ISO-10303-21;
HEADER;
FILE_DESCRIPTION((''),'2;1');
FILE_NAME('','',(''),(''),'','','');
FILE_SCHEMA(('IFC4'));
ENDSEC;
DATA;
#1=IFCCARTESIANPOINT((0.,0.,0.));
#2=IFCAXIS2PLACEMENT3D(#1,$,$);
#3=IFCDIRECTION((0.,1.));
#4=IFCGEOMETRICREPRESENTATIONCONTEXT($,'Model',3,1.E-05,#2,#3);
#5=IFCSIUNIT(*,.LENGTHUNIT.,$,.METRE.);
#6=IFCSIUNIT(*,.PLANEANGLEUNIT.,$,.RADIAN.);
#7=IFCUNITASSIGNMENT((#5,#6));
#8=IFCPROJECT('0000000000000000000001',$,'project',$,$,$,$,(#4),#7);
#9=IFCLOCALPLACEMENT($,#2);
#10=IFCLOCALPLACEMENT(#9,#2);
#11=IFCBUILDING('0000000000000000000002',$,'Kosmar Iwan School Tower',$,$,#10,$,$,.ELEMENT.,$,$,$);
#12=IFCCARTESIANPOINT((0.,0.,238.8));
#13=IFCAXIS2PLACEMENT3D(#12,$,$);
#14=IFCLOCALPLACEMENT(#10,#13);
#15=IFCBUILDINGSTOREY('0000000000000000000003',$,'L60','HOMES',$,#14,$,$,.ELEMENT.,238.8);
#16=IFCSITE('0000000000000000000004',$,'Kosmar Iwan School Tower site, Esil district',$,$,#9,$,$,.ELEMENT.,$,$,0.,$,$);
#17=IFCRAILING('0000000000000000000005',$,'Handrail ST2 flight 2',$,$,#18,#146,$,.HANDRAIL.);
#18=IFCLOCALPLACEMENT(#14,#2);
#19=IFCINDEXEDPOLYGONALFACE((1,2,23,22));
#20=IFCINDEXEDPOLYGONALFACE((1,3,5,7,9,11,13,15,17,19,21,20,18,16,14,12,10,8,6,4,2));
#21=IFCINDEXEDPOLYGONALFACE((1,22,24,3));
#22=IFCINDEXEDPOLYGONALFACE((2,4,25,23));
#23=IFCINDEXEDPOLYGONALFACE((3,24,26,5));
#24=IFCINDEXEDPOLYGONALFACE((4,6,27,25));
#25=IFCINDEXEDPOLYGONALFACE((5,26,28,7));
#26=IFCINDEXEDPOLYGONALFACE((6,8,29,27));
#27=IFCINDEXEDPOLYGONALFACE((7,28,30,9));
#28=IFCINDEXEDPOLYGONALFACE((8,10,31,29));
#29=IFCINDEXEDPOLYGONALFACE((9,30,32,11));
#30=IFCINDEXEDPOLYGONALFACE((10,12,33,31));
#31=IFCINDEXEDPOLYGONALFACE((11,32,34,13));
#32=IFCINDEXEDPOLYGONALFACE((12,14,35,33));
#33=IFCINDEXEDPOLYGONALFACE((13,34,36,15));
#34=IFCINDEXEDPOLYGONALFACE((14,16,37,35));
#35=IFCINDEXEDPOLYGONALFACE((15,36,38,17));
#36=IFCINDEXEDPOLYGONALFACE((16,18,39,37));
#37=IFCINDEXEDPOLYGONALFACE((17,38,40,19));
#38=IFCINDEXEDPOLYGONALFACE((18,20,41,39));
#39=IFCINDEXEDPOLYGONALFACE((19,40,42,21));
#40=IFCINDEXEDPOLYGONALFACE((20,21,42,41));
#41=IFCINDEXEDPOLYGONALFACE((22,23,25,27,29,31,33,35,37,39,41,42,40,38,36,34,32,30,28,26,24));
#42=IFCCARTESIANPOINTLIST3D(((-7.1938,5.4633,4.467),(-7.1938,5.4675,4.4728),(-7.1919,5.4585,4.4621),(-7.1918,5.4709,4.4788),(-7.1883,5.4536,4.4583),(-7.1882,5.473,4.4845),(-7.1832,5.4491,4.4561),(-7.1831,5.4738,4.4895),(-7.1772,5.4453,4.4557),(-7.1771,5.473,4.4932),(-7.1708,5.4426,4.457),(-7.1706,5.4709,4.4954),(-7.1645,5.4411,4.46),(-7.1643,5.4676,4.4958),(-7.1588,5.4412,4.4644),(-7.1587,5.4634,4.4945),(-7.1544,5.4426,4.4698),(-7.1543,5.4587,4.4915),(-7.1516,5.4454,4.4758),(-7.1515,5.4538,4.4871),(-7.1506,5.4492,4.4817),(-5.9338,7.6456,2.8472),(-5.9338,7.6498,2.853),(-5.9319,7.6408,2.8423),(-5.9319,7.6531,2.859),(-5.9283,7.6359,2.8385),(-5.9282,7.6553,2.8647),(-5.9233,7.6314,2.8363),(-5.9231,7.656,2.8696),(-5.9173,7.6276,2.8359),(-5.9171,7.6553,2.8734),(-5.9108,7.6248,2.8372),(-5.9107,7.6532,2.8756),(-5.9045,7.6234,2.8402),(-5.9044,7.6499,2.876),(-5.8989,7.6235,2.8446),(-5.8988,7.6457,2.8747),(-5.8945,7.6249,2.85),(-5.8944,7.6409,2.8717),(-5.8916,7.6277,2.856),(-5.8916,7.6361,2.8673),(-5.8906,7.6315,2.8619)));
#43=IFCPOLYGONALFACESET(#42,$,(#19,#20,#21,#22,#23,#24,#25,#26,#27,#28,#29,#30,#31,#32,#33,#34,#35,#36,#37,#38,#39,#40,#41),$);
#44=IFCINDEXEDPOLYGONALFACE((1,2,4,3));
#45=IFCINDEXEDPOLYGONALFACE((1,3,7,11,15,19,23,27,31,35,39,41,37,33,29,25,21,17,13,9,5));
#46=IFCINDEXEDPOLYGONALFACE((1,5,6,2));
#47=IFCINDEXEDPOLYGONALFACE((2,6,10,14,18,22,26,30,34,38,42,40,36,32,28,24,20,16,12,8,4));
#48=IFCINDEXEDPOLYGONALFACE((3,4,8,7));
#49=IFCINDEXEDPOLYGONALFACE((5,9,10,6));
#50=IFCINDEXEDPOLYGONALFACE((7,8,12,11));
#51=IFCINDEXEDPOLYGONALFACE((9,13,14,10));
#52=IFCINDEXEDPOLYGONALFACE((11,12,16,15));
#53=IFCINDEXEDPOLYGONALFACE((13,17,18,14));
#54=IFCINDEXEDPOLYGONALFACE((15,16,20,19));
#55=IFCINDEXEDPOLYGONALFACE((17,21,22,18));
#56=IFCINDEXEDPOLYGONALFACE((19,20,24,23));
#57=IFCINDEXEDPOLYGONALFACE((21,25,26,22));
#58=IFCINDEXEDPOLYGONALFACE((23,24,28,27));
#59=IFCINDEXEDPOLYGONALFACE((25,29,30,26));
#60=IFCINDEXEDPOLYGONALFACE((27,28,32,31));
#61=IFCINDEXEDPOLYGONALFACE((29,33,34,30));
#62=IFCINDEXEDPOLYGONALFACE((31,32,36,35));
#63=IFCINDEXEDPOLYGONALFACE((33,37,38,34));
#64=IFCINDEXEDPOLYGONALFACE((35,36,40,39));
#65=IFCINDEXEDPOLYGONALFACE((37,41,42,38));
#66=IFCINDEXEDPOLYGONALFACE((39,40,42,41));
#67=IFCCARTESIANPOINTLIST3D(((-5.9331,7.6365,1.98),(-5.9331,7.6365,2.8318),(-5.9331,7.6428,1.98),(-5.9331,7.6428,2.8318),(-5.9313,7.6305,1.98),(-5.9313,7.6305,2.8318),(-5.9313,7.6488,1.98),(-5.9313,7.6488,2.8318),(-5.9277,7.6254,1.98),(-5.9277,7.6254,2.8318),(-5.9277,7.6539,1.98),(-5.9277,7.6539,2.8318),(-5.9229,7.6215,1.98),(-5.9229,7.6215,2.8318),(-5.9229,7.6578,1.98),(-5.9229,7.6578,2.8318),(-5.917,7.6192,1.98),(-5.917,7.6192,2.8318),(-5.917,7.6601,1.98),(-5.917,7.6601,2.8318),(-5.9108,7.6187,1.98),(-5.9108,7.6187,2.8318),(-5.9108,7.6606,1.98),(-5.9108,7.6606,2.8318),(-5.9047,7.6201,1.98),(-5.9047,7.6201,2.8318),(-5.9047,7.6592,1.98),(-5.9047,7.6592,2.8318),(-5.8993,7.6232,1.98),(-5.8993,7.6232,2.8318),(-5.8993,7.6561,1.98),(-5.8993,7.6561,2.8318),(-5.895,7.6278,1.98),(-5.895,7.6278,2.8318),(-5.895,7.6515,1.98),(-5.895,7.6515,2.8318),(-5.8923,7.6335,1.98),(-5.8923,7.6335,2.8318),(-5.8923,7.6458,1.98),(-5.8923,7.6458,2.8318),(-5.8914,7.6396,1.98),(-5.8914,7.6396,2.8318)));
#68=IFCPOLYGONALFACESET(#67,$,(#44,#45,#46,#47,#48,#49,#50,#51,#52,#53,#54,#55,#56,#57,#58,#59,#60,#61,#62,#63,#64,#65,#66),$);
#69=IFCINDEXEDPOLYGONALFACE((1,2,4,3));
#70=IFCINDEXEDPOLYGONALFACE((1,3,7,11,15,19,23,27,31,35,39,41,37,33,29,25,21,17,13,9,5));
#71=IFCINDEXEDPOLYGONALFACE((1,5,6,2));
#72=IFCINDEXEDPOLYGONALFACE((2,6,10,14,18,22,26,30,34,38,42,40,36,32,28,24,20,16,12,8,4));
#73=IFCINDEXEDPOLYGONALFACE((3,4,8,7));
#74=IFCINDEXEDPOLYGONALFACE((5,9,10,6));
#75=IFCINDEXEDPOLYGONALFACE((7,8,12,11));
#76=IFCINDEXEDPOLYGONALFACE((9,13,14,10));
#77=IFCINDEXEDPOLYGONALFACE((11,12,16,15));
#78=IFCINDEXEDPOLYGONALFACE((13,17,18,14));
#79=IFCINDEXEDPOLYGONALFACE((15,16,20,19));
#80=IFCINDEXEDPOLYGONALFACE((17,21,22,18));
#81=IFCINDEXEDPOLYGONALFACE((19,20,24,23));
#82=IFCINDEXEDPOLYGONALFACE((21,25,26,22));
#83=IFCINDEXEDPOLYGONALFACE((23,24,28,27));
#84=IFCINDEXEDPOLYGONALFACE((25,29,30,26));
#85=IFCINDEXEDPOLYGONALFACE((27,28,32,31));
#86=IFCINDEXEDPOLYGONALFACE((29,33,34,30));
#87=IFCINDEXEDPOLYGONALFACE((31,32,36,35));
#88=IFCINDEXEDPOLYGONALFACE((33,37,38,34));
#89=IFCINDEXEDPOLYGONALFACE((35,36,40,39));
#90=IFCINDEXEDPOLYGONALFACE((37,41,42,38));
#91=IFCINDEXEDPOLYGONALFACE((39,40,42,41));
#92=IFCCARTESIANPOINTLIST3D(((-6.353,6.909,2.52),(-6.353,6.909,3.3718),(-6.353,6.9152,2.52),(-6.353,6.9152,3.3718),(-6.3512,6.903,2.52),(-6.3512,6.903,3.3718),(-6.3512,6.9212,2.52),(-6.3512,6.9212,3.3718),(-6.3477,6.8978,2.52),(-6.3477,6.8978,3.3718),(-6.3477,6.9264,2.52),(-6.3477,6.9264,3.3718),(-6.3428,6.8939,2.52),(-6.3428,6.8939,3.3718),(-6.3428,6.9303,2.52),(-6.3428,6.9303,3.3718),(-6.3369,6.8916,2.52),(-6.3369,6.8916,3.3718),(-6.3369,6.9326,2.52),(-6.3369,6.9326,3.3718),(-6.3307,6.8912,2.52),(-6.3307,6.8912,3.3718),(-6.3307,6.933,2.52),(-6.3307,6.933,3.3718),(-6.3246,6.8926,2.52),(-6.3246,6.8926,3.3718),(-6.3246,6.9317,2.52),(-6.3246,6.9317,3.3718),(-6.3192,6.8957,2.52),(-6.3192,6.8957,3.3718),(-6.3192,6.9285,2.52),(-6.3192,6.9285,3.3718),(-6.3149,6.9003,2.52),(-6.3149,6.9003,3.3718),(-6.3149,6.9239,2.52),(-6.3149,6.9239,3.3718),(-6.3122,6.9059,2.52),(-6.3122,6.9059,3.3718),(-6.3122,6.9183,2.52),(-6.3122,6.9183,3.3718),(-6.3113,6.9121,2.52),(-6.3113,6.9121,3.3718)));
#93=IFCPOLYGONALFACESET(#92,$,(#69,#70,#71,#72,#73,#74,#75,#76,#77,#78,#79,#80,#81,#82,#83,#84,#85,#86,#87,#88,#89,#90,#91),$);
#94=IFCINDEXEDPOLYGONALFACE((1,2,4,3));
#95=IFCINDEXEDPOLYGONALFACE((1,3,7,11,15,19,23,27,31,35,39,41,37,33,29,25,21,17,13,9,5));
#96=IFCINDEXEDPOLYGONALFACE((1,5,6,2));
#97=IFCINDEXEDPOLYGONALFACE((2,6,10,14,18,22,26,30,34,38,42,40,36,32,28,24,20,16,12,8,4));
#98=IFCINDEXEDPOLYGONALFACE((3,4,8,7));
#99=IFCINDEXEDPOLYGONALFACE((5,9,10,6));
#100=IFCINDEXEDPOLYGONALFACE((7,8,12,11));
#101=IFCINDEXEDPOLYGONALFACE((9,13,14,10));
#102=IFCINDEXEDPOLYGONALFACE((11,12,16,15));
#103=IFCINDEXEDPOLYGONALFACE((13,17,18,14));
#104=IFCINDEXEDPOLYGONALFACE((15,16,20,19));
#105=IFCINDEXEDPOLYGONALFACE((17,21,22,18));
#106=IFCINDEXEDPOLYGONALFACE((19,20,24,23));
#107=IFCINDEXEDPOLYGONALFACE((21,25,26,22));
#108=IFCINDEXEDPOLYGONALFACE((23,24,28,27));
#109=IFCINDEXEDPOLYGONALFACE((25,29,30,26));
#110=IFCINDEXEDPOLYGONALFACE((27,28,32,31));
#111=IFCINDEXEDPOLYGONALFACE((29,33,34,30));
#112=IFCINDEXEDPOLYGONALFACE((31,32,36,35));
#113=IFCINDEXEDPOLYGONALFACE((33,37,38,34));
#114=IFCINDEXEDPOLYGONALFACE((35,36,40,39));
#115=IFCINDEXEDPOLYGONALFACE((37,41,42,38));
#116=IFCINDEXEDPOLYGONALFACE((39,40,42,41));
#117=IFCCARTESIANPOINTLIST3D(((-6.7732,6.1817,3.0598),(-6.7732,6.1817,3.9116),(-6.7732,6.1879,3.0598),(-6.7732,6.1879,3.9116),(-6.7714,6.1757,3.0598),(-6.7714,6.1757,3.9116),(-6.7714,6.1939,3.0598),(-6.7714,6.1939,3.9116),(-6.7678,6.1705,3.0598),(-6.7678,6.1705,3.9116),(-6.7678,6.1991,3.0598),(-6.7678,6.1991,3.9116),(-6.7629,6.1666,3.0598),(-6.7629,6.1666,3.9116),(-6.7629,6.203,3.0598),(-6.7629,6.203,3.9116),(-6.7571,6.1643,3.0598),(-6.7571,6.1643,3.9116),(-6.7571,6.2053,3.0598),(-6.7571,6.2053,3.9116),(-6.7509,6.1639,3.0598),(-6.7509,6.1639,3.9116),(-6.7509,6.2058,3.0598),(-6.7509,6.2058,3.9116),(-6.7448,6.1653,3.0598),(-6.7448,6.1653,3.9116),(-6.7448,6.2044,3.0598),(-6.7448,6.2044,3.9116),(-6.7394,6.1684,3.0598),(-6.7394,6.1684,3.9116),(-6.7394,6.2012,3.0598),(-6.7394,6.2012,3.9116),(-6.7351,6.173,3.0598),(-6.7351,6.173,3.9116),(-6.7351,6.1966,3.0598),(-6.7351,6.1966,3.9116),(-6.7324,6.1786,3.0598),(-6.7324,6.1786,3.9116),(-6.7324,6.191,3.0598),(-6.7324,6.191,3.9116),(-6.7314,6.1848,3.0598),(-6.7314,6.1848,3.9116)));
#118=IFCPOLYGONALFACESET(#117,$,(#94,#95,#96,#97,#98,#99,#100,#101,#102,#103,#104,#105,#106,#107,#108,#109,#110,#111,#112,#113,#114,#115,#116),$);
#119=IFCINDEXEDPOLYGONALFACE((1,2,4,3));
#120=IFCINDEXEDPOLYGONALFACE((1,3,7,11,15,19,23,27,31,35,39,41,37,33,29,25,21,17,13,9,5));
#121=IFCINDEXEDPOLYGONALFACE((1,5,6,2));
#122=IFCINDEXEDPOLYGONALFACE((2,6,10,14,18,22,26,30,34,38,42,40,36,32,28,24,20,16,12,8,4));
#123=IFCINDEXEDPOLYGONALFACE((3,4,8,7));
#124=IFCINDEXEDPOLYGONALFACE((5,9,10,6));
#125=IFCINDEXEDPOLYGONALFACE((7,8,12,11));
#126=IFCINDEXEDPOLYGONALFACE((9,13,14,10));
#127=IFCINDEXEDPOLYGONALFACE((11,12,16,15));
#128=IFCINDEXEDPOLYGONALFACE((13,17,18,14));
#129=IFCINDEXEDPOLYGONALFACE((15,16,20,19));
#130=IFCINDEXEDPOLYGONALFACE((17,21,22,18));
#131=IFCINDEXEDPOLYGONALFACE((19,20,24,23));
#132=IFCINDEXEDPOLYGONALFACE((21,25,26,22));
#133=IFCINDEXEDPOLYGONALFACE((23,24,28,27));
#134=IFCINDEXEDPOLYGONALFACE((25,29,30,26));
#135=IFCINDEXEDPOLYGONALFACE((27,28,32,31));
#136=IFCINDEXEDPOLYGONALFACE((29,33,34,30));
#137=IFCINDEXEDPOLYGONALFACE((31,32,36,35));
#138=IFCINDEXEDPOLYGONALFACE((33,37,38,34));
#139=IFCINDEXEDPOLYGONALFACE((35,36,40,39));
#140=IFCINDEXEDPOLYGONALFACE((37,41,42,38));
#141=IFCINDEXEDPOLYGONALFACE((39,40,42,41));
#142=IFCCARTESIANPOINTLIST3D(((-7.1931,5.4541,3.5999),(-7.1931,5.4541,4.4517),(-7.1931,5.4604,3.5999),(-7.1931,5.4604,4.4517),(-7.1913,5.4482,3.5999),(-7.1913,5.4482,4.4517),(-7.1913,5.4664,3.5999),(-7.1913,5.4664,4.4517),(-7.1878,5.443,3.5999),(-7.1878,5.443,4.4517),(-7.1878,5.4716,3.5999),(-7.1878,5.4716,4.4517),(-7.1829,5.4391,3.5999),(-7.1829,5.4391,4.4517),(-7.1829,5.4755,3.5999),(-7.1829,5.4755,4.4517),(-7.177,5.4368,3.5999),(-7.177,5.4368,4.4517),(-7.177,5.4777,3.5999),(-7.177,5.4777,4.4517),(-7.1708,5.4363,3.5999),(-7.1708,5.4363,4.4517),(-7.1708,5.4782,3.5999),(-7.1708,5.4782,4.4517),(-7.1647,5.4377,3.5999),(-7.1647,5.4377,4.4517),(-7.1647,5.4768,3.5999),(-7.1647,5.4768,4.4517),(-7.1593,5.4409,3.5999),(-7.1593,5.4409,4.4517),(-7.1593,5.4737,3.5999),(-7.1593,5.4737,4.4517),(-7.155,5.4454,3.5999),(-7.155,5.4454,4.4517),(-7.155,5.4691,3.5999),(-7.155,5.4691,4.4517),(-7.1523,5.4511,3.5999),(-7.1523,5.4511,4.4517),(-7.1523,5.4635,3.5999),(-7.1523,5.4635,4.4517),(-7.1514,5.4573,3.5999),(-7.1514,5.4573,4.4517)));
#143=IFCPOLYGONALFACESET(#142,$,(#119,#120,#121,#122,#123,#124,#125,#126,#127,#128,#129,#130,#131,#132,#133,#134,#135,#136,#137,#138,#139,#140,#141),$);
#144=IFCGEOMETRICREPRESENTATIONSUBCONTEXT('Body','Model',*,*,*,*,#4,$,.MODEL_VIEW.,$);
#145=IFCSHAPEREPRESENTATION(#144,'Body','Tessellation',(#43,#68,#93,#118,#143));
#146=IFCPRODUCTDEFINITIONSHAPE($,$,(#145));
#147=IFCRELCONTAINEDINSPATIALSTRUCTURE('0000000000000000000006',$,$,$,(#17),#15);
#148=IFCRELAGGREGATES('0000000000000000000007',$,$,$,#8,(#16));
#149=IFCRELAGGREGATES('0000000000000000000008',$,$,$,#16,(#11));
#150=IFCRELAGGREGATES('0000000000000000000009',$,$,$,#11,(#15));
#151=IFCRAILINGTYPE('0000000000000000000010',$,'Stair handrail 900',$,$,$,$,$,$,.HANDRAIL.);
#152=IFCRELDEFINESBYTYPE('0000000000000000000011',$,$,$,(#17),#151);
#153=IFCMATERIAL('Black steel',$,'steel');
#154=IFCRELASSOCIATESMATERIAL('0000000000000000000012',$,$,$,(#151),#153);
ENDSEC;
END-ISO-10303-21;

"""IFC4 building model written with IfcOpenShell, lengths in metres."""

from ifc_helpers import new_model, si_unit, direction, frame, origin, origin_2d, place, context, subcontext, project, spatial, circle, extrude, material, type_object, element, save


model = new_model("IFC4")

# Units and contexts
model_context = context("Model", 3, precision=1e-05, world=origin(), true_north=direction((0.0, 1.0)))
body_context = subcontext(model_context, "Body", "Model", "MODEL_VIEW")
ifc_project = project(units=[si_unit("LENGTHUNIT", "METRE"), si_unit("PLANEANGLEUNIT", "RADIAN")], contexts=[model_context])

# Site, building, storey
site_placement = place(None, origin())
site = spatial("IfcSite", under=ifc_project, at=site_placement, Name="Kosmar Iwan School Tower site, Esil district", CompositionType="ELEMENT", RefElevation=0.0)
building_placement = place(site_placement, origin())
building = spatial("IfcBuilding", under=site, at=building_placement, Name="Kosmar Iwan School Tower", CompositionType="ELEMENT")
storey_placement = place(building_placement, frame((0.0, 0.0, 238.8)))
storey = spatial("IfcBuildingStorey", under=building, at=storey_placement, Name="L60", Description="HOMES", CompositionType="ELEMENT", Elevation=238.8)

# Railing
ifc_material_1 = material(Name="Black steel", Category="steel")
railing_type = type_object("IfcRailingType", Name="Stair handrail 900", PredefinedType="HANDRAIL", material=ifc_material_1)
railing_1_placement = place(storey_placement, frame((-5.9124, 7.6396, 1.98)))
element("IfcRailing", 1, at=railing_1_placement, inside=storey, type_object=railing_type, Name="Handrail ST2 flight 2", PredefinedType="HANDRAIL", context=body_context, shape_type="SweptSolid", body=[
    extrude(circle(Radius=0.0239, at=origin_2d()), frame((0.0, 0.0, 0.876), z_axis=(-0.420603, -0.728496, 0.540728), x_axis=(0.866023, -0.500005, 0.0)), (0.0, 0.0, 1.0), 2.9956),
    extrude(circle(Radius=0.021, at=origin_2d()), origin(), (0.0, 0.0, 1.0), 0.8518),
    extrude(circle(Radius=0.021, at=origin_2d()), frame((-0.4199, -0.7275, 0.54)), (0.0, 0.0, 1.0), 0.8518),
    extrude(circle(Radius=0.021, at=origin_2d()), frame((-0.8401, -1.4548, 1.0798)), (0.0, 0.0, 1.0), 0.8518),
    extrude(circle(Radius=0.021, at=origin_2d()), frame((-1.26, -2.1824, 1.6199)), (0.0, 0.0, 1.0), 0.8518),
])

save(model, "model.ifc")
